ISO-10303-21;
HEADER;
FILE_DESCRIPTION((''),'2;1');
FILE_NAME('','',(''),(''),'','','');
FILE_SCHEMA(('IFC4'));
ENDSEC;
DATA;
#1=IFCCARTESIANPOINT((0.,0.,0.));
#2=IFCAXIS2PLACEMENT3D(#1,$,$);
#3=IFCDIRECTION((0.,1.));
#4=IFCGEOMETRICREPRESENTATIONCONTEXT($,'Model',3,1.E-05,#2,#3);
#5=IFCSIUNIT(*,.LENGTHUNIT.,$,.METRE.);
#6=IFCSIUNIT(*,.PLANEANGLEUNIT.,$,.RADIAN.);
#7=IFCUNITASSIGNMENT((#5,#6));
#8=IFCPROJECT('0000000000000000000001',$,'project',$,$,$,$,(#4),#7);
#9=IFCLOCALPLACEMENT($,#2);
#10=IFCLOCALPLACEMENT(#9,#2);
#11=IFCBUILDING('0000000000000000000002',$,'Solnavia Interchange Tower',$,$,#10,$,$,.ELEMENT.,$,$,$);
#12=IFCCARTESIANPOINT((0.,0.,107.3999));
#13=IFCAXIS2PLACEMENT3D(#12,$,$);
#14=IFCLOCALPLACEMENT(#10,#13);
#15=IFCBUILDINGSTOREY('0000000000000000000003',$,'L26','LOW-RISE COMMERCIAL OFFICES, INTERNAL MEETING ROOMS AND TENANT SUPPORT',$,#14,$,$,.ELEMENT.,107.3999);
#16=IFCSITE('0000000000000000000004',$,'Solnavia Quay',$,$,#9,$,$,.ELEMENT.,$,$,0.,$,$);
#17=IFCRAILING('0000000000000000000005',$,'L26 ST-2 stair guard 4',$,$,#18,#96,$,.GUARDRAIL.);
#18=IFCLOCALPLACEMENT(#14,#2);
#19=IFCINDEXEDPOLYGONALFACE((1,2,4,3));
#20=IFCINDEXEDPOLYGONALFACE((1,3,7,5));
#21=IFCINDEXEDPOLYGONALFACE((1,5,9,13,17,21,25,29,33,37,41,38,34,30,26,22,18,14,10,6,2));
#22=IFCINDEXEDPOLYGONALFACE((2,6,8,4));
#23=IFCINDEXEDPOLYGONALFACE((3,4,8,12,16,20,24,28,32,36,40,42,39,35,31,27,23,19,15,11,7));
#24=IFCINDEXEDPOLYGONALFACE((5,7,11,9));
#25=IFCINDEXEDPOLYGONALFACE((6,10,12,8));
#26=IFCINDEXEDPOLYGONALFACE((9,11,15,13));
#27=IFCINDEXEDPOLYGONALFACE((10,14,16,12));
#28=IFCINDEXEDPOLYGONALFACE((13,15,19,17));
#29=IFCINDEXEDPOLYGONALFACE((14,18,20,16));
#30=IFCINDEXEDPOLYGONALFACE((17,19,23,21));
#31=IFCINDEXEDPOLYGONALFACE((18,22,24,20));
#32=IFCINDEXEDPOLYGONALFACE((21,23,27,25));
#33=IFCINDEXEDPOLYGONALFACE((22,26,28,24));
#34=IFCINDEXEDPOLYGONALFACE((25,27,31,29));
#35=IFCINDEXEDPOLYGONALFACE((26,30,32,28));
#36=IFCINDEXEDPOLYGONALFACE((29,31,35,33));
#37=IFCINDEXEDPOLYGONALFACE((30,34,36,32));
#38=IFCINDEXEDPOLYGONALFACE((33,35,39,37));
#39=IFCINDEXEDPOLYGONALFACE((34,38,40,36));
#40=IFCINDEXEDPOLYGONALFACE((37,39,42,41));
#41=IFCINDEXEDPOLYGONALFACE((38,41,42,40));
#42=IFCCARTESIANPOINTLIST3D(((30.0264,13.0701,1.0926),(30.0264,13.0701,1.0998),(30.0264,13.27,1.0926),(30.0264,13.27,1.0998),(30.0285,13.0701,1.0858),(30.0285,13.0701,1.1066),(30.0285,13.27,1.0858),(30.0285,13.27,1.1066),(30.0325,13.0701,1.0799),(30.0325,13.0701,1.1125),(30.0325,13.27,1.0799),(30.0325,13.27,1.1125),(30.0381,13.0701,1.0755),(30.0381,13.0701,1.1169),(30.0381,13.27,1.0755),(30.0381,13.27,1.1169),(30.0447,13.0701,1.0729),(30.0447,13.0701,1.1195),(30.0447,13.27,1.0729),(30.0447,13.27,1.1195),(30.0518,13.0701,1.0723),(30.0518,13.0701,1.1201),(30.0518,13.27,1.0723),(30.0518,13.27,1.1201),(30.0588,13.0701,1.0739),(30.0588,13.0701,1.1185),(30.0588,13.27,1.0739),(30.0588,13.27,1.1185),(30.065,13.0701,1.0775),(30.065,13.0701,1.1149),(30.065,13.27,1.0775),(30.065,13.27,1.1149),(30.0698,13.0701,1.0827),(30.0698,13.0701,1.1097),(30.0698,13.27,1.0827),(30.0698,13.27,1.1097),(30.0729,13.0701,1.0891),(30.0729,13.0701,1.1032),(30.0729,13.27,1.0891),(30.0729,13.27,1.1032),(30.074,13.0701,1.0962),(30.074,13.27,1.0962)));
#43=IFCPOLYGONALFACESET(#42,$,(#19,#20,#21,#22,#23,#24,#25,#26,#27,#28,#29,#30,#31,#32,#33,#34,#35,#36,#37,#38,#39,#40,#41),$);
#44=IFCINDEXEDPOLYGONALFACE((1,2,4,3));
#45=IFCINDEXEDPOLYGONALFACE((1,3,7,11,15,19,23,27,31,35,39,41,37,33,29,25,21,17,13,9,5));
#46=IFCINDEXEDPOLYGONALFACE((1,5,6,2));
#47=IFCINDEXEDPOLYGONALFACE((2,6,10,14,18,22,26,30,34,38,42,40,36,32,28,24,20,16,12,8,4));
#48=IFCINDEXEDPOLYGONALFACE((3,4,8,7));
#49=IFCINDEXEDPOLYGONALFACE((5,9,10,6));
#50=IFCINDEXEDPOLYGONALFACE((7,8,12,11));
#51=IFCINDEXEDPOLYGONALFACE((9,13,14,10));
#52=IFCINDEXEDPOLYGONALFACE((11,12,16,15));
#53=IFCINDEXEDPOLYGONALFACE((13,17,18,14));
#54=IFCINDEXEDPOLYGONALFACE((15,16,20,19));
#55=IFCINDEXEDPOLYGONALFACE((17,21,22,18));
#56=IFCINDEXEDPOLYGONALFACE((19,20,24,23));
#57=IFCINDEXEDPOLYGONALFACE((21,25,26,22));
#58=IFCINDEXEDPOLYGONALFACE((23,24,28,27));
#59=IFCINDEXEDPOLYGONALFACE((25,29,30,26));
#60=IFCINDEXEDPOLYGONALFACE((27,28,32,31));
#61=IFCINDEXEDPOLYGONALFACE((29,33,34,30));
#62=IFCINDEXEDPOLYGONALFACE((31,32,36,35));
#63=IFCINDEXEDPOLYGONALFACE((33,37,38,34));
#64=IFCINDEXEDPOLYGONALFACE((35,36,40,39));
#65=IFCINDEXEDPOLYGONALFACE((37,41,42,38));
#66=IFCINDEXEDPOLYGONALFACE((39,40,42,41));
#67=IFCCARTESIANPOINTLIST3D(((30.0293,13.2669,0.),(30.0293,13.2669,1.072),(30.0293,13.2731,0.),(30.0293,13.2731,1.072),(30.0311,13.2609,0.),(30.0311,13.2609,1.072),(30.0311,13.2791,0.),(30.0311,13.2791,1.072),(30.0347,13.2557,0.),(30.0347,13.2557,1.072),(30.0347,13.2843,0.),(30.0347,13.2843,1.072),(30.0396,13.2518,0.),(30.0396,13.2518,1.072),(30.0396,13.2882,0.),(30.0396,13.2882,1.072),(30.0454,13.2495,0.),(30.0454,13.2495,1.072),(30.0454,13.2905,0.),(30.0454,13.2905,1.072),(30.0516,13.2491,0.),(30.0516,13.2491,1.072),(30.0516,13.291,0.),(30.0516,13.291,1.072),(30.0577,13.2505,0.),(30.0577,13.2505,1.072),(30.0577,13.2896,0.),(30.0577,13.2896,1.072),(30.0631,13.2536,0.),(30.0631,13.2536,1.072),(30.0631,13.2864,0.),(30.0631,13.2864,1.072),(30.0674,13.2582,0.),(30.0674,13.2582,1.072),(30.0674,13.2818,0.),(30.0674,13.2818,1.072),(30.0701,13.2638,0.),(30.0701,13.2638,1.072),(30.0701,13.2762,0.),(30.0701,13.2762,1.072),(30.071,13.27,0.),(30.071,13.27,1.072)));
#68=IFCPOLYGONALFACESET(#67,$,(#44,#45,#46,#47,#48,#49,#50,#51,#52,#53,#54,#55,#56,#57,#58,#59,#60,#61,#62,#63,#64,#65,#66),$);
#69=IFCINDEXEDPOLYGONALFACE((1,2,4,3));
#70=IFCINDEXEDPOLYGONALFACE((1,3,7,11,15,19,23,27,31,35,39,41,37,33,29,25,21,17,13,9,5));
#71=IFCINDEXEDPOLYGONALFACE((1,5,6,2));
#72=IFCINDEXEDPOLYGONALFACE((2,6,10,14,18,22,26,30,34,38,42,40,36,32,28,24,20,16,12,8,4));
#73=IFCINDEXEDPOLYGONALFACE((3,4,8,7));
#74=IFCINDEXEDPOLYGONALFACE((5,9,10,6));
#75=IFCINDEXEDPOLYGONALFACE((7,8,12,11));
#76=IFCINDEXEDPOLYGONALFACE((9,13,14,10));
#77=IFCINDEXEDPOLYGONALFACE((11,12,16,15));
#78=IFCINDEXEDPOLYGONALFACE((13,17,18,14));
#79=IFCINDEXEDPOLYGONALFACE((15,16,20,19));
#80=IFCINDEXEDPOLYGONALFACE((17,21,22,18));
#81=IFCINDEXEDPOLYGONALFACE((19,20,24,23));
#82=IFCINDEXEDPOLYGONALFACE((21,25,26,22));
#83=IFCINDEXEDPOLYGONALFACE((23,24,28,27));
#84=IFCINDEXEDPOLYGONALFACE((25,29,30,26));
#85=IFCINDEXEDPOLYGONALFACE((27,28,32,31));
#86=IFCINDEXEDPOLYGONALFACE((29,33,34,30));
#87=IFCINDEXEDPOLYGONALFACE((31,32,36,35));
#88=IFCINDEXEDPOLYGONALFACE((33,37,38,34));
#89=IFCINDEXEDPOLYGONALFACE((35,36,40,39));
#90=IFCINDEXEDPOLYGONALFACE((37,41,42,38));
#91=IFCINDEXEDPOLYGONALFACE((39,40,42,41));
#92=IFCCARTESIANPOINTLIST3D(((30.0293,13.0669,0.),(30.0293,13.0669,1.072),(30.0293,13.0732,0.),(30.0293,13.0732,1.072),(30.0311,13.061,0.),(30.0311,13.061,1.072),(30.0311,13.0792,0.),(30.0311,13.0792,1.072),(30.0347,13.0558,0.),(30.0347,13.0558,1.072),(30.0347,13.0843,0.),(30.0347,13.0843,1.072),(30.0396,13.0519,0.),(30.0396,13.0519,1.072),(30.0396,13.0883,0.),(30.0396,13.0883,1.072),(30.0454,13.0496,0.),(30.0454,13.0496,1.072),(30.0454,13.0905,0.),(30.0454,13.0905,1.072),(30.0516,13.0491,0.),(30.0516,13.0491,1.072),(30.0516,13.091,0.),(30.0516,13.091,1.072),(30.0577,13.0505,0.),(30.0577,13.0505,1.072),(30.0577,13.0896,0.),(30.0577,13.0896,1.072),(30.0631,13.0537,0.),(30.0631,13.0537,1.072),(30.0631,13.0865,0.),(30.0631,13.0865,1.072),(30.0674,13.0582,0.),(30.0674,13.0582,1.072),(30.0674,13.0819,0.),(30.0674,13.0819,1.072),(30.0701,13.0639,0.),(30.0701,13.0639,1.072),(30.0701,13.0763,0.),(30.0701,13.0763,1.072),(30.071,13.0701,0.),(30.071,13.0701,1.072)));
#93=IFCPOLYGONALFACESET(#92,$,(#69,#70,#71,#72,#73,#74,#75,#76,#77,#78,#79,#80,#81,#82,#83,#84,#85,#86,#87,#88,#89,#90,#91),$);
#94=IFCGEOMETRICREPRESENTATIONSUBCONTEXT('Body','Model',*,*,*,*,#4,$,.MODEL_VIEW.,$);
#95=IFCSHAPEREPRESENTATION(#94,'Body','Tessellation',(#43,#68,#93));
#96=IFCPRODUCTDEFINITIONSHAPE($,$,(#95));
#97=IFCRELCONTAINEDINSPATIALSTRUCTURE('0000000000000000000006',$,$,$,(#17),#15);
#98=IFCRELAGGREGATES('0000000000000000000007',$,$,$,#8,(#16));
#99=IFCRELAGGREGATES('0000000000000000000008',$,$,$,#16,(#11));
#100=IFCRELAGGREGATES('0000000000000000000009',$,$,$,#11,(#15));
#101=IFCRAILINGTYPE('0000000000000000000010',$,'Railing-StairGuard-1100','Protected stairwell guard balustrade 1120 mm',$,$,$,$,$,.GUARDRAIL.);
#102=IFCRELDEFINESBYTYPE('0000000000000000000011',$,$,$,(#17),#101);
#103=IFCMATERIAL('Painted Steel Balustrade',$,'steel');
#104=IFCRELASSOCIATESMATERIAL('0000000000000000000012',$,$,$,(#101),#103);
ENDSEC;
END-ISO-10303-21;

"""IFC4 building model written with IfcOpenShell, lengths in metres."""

from ifc_helpers import new_model, si_unit, direction, frame, origin, origin_2d, place, context, subcontext, project, spatial, circle, extrude, material, type_object, element, save


model = new_model("IFC4")

# Units and contexts
model_context = context("Model", 3, precision=1e-05, world=origin(), true_north=direction((0.0, 1.0)))
body_context = subcontext(model_context, "Body", "Model", "MODEL_VIEW")
ifc_project = project(units=[si_unit("LENGTHUNIT", "METRE"), si_unit("PLANEANGLEUNIT", "RADIAN")], contexts=[model_context])

# Site, building, storey
site_placement = place(None, origin())
site = spatial("IfcSite", under=ifc_project, at=site_placement, Name="Solnavia Quay", CompositionType="ELEMENT", RefElevation=0.0)
building_placement = place(site_placement, origin())
building = spatial("IfcBuilding", under=site, at=building_placement, Name="Solnavia Interchange Tower", CompositionType="ELEMENT")
storey_placement = place(building_placement, frame((0.0, 0.0, 107.3999)))
storey = spatial("IfcBuildingStorey", under=building, at=storey_placement, Name="L26", Description="LOW-RISE COMMERCIAL OFFICES, INTERNAL MEETING ROOMS AND TENANT SUPPORT", CompositionType="ELEMENT", Elevation=107.3999)

# Railing
ifc_material_1 = material(Name="Painted Steel Balustrade", Category="steel")
railing_type_1 = type_object("IfcRailingType", Name="Railing-StairGuard-1100", Description="Protected stairwell guard balustrade 1120 mm", PredefinedType="GUARDRAIL", material=ifc_material_1)
railing_1_placement = place(storey_placement, frame((30.05, 13.27, 0.0)))
element("IfcRailing", 1, at=railing_1_placement, inside=storey, type_object=railing_type_1, Name="L26 ST-2 stair guard 4", PredefinedType="GUARDRAIL", context=body_context, shape_type="SweptSolid", body=[
    extrude(circle(Radius=0.0239, at=origin_2d()), frame((0.0, 0.0, 1.0962), z_axis=(0.0, -1.0, 0.0), x_axis=(1.0, 0.0, 0.0)), (0.0, 0.0, 1.0), 0.2),
    extrude(circle(Radius=0.021, at=origin_2d()), origin(), (0.0, 0.0, 1.0), 1.072),
    extrude(circle(Radius=0.021, at=origin_2d()), frame((0.0, -0.2, 0.0)), (0.0, 0.0, 1.0), 1.072),
])

save(model, "model.ifc")
